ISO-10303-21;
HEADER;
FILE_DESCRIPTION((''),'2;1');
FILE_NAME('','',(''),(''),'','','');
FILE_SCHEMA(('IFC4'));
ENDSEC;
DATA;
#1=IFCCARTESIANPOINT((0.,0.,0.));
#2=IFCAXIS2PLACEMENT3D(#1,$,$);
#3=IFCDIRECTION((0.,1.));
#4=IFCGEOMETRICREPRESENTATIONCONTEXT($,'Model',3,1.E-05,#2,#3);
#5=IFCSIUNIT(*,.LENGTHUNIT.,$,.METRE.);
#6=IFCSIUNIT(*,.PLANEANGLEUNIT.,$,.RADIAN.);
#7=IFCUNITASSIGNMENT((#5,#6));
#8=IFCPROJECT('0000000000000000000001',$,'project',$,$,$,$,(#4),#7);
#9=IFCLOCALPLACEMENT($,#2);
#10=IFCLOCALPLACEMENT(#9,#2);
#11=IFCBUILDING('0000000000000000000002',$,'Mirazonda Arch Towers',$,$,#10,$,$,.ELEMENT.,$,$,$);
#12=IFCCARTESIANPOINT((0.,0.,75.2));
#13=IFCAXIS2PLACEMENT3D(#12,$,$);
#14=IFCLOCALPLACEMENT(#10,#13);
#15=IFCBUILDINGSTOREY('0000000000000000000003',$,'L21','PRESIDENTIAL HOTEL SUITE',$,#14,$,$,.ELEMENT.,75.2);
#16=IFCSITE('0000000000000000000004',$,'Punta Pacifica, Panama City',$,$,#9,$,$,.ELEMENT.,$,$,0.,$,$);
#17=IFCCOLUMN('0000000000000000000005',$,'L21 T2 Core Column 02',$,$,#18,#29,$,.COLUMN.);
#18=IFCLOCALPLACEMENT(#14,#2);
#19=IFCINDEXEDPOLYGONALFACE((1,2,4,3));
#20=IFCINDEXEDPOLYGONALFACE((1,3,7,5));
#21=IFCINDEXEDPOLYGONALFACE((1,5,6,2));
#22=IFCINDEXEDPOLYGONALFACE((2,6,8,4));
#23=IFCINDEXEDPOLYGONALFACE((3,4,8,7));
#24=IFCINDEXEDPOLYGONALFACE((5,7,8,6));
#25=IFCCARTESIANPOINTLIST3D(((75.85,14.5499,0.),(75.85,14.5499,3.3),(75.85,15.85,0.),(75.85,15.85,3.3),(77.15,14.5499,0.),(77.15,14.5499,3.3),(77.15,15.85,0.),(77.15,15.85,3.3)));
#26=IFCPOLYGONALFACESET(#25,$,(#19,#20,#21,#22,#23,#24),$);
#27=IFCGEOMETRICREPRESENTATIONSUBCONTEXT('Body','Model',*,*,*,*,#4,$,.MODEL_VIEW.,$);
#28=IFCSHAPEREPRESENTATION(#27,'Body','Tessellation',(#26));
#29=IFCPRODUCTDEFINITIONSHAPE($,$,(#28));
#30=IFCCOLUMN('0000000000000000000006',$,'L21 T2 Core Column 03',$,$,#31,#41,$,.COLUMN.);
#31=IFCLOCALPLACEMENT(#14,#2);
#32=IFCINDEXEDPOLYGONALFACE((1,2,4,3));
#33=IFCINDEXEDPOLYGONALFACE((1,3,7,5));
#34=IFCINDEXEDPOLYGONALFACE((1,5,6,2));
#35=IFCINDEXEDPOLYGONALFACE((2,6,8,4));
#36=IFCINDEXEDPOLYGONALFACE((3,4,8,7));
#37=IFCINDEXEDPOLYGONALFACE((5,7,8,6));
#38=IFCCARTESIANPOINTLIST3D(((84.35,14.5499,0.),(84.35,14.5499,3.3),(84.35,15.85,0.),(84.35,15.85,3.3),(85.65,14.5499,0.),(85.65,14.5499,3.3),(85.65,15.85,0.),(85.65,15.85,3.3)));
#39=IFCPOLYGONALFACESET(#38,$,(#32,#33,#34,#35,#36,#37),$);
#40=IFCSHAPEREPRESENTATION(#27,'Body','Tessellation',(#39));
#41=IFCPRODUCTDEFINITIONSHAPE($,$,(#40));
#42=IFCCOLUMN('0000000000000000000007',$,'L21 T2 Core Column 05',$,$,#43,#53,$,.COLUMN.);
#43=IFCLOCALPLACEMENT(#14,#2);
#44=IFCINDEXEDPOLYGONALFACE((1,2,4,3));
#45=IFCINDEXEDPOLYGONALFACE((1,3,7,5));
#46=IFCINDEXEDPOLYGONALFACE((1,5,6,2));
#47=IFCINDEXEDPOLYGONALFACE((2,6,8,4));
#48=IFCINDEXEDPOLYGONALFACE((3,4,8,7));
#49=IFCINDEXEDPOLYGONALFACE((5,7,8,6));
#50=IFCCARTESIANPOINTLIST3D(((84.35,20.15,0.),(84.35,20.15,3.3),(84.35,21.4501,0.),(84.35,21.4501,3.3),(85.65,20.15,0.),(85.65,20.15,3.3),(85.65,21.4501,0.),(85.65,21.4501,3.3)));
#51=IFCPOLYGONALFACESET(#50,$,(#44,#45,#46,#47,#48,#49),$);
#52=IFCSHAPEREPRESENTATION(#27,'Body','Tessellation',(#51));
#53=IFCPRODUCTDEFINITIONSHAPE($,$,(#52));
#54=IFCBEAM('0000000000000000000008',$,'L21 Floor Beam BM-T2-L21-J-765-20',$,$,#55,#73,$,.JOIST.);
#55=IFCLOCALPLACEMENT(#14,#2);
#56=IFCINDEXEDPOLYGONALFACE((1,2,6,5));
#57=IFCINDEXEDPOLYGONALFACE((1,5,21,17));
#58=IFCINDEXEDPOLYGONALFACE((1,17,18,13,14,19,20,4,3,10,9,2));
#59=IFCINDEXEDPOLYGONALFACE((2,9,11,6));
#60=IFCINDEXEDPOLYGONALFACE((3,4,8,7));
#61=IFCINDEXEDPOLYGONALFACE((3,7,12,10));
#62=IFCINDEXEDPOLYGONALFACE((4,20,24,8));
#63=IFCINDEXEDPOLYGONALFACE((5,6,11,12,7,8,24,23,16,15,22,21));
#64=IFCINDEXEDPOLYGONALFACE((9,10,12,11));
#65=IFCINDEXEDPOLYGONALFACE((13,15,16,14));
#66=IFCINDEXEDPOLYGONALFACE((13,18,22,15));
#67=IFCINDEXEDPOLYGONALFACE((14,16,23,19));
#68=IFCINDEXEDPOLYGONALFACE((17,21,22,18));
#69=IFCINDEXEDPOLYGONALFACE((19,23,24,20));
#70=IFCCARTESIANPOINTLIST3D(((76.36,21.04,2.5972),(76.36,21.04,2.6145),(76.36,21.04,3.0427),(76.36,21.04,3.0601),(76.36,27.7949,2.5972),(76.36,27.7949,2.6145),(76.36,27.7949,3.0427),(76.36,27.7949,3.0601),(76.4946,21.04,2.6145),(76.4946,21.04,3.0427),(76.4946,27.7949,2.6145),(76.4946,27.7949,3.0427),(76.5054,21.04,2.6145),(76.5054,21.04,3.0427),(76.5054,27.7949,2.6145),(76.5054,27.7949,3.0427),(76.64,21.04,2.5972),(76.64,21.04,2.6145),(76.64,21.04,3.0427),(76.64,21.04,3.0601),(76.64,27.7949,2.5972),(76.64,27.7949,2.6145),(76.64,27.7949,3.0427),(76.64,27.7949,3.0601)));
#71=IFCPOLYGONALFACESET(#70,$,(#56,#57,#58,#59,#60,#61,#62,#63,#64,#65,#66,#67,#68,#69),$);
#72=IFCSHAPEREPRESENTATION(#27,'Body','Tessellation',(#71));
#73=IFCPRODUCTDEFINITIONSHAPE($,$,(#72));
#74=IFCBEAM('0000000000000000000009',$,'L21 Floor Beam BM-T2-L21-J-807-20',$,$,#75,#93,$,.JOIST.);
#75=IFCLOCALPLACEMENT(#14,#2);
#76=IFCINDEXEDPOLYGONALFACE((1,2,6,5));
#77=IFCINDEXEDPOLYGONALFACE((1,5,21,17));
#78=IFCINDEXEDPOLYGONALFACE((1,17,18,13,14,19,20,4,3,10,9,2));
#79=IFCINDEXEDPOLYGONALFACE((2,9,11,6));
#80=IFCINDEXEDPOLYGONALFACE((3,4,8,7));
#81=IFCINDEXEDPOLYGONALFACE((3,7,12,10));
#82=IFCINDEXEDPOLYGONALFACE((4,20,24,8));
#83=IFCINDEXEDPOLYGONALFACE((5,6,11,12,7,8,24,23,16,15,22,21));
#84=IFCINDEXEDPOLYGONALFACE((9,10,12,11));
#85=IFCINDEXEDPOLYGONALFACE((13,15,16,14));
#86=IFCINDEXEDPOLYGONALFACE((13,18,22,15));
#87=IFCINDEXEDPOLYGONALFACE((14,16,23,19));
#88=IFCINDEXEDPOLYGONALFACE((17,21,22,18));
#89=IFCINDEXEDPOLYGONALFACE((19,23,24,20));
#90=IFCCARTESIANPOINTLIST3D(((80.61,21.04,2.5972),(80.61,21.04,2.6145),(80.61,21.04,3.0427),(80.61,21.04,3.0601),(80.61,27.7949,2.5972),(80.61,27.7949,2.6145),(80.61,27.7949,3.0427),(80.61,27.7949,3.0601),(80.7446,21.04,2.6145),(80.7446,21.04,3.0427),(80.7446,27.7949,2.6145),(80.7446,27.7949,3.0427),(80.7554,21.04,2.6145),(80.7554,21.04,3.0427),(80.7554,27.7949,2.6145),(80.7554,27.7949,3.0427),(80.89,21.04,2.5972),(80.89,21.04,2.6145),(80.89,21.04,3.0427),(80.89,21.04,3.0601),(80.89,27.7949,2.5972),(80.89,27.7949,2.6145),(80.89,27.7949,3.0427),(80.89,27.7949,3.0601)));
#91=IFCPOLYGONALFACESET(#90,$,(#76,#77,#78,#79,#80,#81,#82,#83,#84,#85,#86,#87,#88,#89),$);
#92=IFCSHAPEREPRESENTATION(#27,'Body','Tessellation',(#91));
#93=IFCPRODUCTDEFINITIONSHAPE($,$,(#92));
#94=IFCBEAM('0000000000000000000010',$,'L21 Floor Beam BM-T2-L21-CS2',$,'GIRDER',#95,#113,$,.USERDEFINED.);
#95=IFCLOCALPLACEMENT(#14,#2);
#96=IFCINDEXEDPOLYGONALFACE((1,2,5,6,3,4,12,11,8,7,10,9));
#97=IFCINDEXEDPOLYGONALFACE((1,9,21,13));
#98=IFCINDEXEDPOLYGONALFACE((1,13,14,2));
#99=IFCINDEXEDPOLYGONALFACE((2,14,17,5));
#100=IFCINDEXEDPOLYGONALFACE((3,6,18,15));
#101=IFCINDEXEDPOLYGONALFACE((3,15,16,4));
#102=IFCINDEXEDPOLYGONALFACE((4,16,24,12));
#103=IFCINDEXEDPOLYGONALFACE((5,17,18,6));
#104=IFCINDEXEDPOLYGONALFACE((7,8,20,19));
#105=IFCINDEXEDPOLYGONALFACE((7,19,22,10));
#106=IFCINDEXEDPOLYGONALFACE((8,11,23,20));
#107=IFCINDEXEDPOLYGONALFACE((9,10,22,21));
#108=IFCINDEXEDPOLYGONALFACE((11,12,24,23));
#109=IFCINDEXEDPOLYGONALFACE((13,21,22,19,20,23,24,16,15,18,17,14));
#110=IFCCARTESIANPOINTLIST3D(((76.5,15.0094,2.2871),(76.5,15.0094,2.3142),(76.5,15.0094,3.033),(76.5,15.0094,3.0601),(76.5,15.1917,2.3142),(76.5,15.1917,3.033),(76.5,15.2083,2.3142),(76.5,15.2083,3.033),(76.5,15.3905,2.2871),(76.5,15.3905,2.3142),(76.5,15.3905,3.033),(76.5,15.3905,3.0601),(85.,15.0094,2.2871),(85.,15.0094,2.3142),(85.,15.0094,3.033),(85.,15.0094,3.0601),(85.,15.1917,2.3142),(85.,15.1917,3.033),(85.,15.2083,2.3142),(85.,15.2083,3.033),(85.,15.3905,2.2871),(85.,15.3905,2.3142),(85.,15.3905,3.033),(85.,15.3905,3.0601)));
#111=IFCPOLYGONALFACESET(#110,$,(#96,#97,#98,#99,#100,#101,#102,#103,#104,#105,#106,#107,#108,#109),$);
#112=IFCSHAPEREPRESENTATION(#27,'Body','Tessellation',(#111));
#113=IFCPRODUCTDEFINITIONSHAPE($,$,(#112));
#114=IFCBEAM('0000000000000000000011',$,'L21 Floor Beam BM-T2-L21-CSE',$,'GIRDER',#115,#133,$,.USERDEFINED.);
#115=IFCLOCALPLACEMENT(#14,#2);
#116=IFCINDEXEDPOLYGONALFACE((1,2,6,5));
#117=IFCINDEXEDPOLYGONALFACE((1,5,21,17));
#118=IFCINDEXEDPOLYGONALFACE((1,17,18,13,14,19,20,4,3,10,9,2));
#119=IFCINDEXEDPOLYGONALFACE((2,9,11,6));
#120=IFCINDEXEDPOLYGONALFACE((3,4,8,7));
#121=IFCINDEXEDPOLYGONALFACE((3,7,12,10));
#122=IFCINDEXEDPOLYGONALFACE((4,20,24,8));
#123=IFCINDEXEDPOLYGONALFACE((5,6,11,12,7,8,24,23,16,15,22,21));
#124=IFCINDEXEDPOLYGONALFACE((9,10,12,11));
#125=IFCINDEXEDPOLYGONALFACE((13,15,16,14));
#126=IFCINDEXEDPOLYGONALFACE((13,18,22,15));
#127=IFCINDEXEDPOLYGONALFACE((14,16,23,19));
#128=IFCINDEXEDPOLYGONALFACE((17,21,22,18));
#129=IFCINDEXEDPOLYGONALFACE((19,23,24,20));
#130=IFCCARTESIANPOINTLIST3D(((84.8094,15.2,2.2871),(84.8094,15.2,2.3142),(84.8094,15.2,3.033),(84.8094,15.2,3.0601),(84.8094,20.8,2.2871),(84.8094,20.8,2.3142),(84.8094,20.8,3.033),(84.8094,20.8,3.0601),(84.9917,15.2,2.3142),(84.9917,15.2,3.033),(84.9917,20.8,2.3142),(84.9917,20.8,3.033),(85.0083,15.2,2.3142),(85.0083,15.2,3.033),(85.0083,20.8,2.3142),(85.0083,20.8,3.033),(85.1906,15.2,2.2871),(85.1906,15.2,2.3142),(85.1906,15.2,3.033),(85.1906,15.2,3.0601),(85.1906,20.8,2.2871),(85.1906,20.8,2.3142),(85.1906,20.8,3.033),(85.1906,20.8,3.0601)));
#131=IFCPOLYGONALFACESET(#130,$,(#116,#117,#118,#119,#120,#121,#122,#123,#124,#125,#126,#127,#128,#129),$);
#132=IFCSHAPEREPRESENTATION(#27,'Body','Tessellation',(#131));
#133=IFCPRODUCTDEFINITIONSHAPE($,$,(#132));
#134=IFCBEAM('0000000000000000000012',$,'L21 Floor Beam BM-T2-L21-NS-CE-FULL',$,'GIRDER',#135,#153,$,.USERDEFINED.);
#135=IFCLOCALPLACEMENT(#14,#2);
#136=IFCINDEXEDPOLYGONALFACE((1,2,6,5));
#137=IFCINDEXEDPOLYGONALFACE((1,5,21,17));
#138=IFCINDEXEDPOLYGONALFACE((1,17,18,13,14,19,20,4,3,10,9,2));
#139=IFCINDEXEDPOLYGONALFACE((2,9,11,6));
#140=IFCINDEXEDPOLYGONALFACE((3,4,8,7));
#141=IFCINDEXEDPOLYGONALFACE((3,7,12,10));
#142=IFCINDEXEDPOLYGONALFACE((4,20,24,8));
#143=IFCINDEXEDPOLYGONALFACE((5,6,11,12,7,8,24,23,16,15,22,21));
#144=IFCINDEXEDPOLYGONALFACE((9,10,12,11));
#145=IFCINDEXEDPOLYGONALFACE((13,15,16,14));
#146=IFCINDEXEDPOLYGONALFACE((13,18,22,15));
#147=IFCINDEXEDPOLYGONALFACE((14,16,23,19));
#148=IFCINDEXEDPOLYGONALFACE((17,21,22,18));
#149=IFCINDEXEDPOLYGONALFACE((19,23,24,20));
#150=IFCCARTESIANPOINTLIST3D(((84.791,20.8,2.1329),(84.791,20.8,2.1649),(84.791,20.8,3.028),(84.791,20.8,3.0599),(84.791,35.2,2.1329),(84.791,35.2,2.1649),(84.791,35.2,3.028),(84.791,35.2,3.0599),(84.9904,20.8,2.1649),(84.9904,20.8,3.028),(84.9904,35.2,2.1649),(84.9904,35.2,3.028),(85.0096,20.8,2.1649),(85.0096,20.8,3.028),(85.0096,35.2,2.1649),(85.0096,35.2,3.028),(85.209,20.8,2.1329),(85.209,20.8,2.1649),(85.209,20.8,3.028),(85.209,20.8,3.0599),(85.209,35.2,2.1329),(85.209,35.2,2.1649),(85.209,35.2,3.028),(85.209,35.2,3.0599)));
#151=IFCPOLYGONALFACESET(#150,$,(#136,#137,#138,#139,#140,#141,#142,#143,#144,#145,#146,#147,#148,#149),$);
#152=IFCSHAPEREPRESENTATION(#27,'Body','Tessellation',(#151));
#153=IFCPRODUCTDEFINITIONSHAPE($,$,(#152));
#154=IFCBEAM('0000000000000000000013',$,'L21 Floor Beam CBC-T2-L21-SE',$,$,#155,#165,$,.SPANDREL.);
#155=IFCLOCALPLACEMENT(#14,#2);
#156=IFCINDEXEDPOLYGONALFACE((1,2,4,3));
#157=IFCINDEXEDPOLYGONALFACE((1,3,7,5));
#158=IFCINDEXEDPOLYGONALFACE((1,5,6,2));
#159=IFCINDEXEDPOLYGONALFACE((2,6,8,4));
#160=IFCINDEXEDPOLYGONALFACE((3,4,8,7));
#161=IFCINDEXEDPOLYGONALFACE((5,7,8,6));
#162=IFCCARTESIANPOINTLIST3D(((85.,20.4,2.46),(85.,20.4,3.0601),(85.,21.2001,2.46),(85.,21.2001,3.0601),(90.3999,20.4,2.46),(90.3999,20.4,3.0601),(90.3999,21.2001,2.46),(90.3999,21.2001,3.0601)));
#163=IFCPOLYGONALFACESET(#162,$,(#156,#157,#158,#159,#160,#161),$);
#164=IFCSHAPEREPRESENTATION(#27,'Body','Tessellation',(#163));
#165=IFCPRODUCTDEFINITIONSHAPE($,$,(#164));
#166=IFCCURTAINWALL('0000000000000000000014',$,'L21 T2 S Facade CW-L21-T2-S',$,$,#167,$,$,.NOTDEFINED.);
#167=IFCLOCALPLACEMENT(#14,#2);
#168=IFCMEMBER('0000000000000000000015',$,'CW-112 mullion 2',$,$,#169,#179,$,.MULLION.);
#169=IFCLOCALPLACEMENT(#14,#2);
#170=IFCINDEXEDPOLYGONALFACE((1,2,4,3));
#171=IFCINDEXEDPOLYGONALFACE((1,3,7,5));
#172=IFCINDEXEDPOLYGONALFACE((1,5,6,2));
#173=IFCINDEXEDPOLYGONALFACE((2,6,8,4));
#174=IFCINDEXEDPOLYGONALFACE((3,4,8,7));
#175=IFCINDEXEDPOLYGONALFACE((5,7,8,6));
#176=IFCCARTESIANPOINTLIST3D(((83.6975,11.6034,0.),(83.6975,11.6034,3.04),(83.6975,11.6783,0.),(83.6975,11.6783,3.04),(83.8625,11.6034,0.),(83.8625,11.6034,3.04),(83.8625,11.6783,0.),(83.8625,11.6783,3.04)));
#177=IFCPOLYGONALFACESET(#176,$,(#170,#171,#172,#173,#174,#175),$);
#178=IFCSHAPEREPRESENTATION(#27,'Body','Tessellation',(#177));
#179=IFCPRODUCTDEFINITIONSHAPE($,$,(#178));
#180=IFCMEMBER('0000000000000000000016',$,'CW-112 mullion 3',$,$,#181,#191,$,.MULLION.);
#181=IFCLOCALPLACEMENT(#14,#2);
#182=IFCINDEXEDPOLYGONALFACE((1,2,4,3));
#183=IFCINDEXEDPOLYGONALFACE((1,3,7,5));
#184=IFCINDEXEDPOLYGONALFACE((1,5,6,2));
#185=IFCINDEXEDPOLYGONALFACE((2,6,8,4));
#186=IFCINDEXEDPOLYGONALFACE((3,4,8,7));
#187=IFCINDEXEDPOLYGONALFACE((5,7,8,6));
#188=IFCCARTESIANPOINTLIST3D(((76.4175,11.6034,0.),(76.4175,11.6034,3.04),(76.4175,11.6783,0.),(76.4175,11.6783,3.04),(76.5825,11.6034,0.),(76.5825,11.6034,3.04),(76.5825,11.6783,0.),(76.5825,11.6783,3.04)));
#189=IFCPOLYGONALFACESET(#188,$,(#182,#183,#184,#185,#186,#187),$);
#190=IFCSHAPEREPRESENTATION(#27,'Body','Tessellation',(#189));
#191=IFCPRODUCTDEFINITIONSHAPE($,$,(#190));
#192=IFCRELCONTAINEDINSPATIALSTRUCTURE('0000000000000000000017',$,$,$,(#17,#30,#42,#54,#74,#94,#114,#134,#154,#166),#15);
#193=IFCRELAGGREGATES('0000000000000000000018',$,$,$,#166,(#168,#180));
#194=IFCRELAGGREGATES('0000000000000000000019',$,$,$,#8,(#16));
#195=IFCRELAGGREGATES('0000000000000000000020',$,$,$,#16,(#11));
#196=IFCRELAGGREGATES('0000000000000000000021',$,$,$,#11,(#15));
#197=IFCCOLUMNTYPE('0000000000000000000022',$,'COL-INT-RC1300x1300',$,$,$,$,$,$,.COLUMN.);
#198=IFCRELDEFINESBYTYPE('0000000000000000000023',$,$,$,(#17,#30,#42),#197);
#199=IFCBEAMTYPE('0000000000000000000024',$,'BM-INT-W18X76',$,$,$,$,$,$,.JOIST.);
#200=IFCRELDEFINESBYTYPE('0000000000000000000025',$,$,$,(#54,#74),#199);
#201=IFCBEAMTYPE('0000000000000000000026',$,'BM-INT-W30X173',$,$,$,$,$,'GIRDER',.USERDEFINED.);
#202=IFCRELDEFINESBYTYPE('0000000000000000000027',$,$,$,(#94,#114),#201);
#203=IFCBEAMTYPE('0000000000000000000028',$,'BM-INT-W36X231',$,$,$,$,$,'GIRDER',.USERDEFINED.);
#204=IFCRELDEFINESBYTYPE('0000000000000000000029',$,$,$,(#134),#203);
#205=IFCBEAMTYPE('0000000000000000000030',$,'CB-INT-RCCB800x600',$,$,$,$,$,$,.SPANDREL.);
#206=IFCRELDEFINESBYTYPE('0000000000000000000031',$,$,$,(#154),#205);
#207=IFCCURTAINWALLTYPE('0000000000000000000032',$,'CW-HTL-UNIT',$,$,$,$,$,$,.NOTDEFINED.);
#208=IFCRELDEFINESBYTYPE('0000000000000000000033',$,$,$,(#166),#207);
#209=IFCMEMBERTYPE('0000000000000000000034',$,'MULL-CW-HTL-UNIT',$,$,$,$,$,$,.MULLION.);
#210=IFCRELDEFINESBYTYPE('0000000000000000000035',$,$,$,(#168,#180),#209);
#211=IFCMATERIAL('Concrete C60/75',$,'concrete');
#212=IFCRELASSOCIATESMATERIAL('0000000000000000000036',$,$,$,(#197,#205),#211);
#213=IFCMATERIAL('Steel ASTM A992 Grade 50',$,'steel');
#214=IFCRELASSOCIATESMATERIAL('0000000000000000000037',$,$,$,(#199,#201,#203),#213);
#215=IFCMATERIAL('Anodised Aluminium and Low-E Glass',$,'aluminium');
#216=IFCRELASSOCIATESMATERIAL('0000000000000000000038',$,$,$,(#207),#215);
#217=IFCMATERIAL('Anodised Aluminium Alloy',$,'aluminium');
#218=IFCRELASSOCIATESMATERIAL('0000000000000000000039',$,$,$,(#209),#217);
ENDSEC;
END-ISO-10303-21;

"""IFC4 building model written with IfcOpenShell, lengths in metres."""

from ifc_helpers import new_model, si_unit, direction, frame, origin, origin_2d, place, context, subcontext, project, spatial, rectangle, i_section, extrude, material, material_profile, profile_set, type_object, element, aggregate, save


model = new_model("IFC4")

# Units and contexts
model_context = context("Model", 3, precision=1e-05, world=origin(), true_north=direction((0.0, 1.0)))
body_context = subcontext(model_context, "Body", "Model", "MODEL_VIEW")
ifc_project = project(units=[si_unit("LENGTHUNIT", "METRE"), si_unit("PLANEANGLEUNIT", "RADIAN")], contexts=[model_context])

# Site, building, storey
site_placement = place(None, origin())
site = spatial("IfcSite", under=ifc_project, at=site_placement, Name="Punta Pacifica, Panama City", CompositionType="ELEMENT", RefElevation=0.0)
building_placement = place(site_placement, origin())
building = spatial("IfcBuilding", under=site, at=building_placement, Name="Mirazonda Arch Towers", CompositionType="ELEMENT")
storey_placement = place(building_placement, frame((0.0, 0.0, 75.2)))
storey = spatial("IfcBuildingStorey", under=building, at=storey_placement, Name="L21", Description="PRESIDENTIAL HOTEL SUITE", CompositionType="ELEMENT", Elevation=75.2)

# Columns
ifc_material_1 = material(Name="Concrete C60/75", Category="concrete")
ifc_material_profile_1 = material_profile(ifc_material_1, rectangle(XDim=1.3, YDim=1.3, at=origin_2d()), Name="RC1300x1300")
ifc_profile_set_1 = profile_set([ifc_material_profile_1], Name="Concrete C60/75")
column_type = type_object("IfcColumnType", Name="COL-INT-RC1300x1300", PredefinedType="COLUMN", material=ifc_profile_set_1)
for number, where, z_axis, x_axis, name in (
    (1, (76.5, 15.2, 0.0), (0.0, 0.0, 1.0), (1.0, 0.0, 0.0), "L21 T2 Core Column 02"),
    (2, (85.0, 15.2, 0.0), (0.0, 0.0, 1.0), (1.0, 0.0, 0.0), "L21 T2 Core Column 03"),
    (3, (85.0, 20.8, 0.0), (0.0, 0.0, 1.0), (1.0, 0.0, 0.0), "L21 T2 Core Column 05"),
):
    element("IfcColumn", number, at=place(storey_placement, frame(where, z_axis=z_axis, x_axis=x_axis)), inside=storey, type_object=column_type, Name=name, PredefinedType="COLUMN", context=body_context, shape_type="SweptSolid", body=[
        extrude(rectangle(XDim=1.3, YDim=1.3, at=origin_2d()), origin(), (0.0, 0.0, 1.0), 3.3),
    ])

# Beams
ifc_material_2 = material(Name="Steel ASTM A992 Grade 50", Category="steel")
ifc_material_profile_2 = material_profile(ifc_material_2, i_section(OverallWidth=0.28, OverallDepth=0.4629, WebThickness=0.0107, FlangeThickness=0.0173, at=origin_2d()), Name="W18X76")
ifc_profile_set_2 = profile_set([ifc_material_profile_2], Name="Steel ASTM A992 Grade 50")
beam_type_1 = type_object("IfcBeamType", Name="BM-INT-W18X76", PredefinedType="JOIST", material=ifc_profile_set_2)
for number, where, z_axis, x_axis, name in (
    (4, (76.5, 21.04, 2.8286), (0.0, 1.0, 0.0), (-1.0, 0.0, 0.0), "L21 Floor Beam BM-T2-L21-J-765-20"),
    (5, (80.75, 21.04, 2.8286), (0.0, 1.0, 0.0), (-1.0, 0.0, 0.0), "L21 Floor Beam BM-T2-L21-J-807-20"),
):
    element("IfcBeam", number, at=place(storey_placement, frame(where, z_axis=z_axis, x_axis=x_axis)), inside=storey, type_object=beam_type_1, Name=name, PredefinedType="JOIST", context=body_context, shape_type="SweptSolid", body=[
        extrude(i_section(OverallWidth=0.28, OverallDepth=0.4629, WebThickness=0.0107, FlangeThickness=0.0173, at=origin_2d()), origin(), (0.0, 0.0, 1.0), 6.7549),
    ])
ifc_material_profile_3 = material_profile(ifc_material_2, i_section(OverallWidth=0.3811, OverallDepth=0.7729, WebThickness=0.0166, FlangeThickness=0.0271, at=origin_2d()), Name="W30X173")
ifc_profile_set_3 = profile_set([ifc_material_profile_3], Name="Steel ASTM A992 Grade 50")
beam_type_2 = type_object("IfcBeamType", Name="BM-INT-W30X173", ElementType="GIRDER", PredefinedType="USERDEFINED", material=ifc_profile_set_3)
beam_1_placement = place(storey_placement, frame((76.5, 15.2, 2.6736), z_axis=(1.0, 0.0, 0.0), x_axis=(0.0, 1.0, 0.0)))
element("IfcBeam", 6, at=beam_1_placement, inside=storey, type_object=beam_type_2, Name="L21 Floor Beam BM-T2-L21-CS2", ObjectType="GIRDER", PredefinedType="USERDEFINED", context=body_context, shape_type="SweptSolid", body=[
    extrude(i_section(OverallWidth=0.3811, OverallDepth=0.7729, WebThickness=0.0166, FlangeThickness=0.0271, at=origin_2d()), origin(), (0.0, 0.0, 1.0), 8.5),
])
beam_2_placement = place(storey_placement, frame((85.0, 15.2, 2.6736), z_axis=(0.0, 1.0, 0.0), x_axis=(-1.0, 0.0, 0.0)))
element("IfcBeam", 7, at=beam_2_placement, inside=storey, type_object=beam_type_2, Name="L21 Floor Beam BM-T2-L21-CSE", ObjectType="GIRDER", PredefinedType="USERDEFINED", context=body_context, shape_type="SweptSolid", body=[
    extrude(i_section(OverallWidth=0.3811, OverallDepth=0.7729, WebThickness=0.0166, FlangeThickness=0.0271, at=origin_2d()), origin(), (0.0, 0.0, 1.0), 5.6001),
])
ifc_material_profile_4 = material_profile(ifc_material_2, i_section(OverallWidth=0.418, OverallDepth=0.927, WebThickness=0.0193, FlangeThickness=0.032, at=origin_2d()), Name="W36X231")
ifc_profile_set_4 = profile_set([ifc_material_profile_4], Name="Steel ASTM A992 Grade 50")
beam_type_3 = type_object("IfcBeamType", Name="BM-INT-W36X231", ElementType="GIRDER", PredefinedType="USERDEFINED", material=ifc_profile_set_4)
beam_3_placement = place(storey_placement, frame((85.0, 20.8, 2.5964), z_axis=(0.0, 1.0, 0.0), x_axis=(-1.0, 0.0, 0.0)))
element("IfcBeam", 8, at=beam_3_placement, inside=storey, type_object=beam_type_3, Name="L21 Floor Beam BM-T2-L21-NS-CE-FULL", ObjectType="GIRDER", PredefinedType="USERDEFINED", context=body_context, shape_type="SweptSolid", body=[
    extrude(i_section(OverallWidth=0.418, OverallDepth=0.927, WebThickness=0.0193, FlangeThickness=0.032, at=origin_2d()), origin(), (0.0, 0.0, 1.0), 14.3999),
])
ifc_material_profile_5 = material_profile(ifc_material_1, rectangle(XDim=0.8, YDim=0.6001, at=origin_2d()), Name="RCCB800x600")
ifc_profile_set_5 = profile_set([ifc_material_profile_5], Name="Concrete C60/75")
beam_type_4 = type_object("IfcBeamType", Name="CB-INT-RCCB800x600", PredefinedType="SPANDREL", material=ifc_profile_set_5)
beam_4_placement = place(storey_placement, frame((85.0, 20.8, 2.76), z_axis=(1.0, 0.0, 0.0), x_axis=(0.0, 1.0, 0.0)))
element("IfcBeam", 9, at=beam_4_placement, inside=storey, type_object=beam_type_4, Name="L21 Floor Beam CBC-T2-L21-SE", PredefinedType="SPANDREL", context=body_context, shape_type="SweptSolid", body=[
    extrude(rectangle(XDim=0.8, YDim=0.6001, at=origin_2d()), origin(), (0.0, 0.0, 1.0), 5.3999),
])

# Curtain wall, members
ifc_material_3 = material(Name="Anodised Aluminium and Low-E Glass", Category="aluminium")
curtain_wall_type = type_object("IfcCurtainWallType", Name="CW-HTL-UNIT", PredefinedType="NOTDEFINED", material=ifc_material_3)
curtain_wall_placement = place(storey_placement, origin())
curtain_wall = element("IfcCurtainWall", 10, at=curtain_wall_placement, inside=storey, type_object=curtain_wall_type, Name="L21 T2 S Facade CW-L21-T2-S", PredefinedType="NOTDEFINED")
ifc_material_4 = material(Name="Anodised Aluminium Alloy", Category="aluminium")
ifc_material_profile_6 = material_profile(ifc_material_4, rectangle(XDim=0.075, YDim=0.165, at=origin_2d()), Name="ALU-MULL-75x165")
ifc_profile_set_6 = profile_set([ifc_material_profile_6], Name="Anodised Aluminium Alloy")
member_type_1 = type_object("IfcMemberType", Name="MULL-CW-HTL-UNIT", PredefinedType="MULLION", material=ifc_profile_set_6)
member_1_placement = place(storey_placement, frame((83.78, 11.6409, 0.0), z_axis=(0.0, 0.0, 1.0), x_axis=(0.0, -1.0, 0.0)))
member_1 = element("IfcMember", 11, at=member_1_placement, type_object=member_type_1, Name="CW-112 mullion 2", PredefinedType="MULLION", context=body_context, shape_type="SweptSolid", body=[
    extrude(rectangle(XDim=0.075, YDim=0.165, at=origin_2d()), origin(), (0.0, 0.0, 1.0), 3.04),
])
member_2_placement = place(storey_placement, frame((76.5, 11.6409, 0.0), z_axis=(0.0, 0.0, 1.0), x_axis=(0.0, -1.0, 0.0)))
member_2 = element("IfcMember", 12, at=member_2_placement, type_object=member_type_1, Name="CW-112 mullion 3", PredefinedType="MULLION", context=body_context, shape_type="SweptSolid", body=[
    extrude(rectangle(XDim=0.075, YDim=0.165, at=origin_2d()), origin(), (0.0, 0.0, 1.0), 3.04),
])
aggregate(curtain_wall, [member_1, member_2])

save(model, "model.ifc")
